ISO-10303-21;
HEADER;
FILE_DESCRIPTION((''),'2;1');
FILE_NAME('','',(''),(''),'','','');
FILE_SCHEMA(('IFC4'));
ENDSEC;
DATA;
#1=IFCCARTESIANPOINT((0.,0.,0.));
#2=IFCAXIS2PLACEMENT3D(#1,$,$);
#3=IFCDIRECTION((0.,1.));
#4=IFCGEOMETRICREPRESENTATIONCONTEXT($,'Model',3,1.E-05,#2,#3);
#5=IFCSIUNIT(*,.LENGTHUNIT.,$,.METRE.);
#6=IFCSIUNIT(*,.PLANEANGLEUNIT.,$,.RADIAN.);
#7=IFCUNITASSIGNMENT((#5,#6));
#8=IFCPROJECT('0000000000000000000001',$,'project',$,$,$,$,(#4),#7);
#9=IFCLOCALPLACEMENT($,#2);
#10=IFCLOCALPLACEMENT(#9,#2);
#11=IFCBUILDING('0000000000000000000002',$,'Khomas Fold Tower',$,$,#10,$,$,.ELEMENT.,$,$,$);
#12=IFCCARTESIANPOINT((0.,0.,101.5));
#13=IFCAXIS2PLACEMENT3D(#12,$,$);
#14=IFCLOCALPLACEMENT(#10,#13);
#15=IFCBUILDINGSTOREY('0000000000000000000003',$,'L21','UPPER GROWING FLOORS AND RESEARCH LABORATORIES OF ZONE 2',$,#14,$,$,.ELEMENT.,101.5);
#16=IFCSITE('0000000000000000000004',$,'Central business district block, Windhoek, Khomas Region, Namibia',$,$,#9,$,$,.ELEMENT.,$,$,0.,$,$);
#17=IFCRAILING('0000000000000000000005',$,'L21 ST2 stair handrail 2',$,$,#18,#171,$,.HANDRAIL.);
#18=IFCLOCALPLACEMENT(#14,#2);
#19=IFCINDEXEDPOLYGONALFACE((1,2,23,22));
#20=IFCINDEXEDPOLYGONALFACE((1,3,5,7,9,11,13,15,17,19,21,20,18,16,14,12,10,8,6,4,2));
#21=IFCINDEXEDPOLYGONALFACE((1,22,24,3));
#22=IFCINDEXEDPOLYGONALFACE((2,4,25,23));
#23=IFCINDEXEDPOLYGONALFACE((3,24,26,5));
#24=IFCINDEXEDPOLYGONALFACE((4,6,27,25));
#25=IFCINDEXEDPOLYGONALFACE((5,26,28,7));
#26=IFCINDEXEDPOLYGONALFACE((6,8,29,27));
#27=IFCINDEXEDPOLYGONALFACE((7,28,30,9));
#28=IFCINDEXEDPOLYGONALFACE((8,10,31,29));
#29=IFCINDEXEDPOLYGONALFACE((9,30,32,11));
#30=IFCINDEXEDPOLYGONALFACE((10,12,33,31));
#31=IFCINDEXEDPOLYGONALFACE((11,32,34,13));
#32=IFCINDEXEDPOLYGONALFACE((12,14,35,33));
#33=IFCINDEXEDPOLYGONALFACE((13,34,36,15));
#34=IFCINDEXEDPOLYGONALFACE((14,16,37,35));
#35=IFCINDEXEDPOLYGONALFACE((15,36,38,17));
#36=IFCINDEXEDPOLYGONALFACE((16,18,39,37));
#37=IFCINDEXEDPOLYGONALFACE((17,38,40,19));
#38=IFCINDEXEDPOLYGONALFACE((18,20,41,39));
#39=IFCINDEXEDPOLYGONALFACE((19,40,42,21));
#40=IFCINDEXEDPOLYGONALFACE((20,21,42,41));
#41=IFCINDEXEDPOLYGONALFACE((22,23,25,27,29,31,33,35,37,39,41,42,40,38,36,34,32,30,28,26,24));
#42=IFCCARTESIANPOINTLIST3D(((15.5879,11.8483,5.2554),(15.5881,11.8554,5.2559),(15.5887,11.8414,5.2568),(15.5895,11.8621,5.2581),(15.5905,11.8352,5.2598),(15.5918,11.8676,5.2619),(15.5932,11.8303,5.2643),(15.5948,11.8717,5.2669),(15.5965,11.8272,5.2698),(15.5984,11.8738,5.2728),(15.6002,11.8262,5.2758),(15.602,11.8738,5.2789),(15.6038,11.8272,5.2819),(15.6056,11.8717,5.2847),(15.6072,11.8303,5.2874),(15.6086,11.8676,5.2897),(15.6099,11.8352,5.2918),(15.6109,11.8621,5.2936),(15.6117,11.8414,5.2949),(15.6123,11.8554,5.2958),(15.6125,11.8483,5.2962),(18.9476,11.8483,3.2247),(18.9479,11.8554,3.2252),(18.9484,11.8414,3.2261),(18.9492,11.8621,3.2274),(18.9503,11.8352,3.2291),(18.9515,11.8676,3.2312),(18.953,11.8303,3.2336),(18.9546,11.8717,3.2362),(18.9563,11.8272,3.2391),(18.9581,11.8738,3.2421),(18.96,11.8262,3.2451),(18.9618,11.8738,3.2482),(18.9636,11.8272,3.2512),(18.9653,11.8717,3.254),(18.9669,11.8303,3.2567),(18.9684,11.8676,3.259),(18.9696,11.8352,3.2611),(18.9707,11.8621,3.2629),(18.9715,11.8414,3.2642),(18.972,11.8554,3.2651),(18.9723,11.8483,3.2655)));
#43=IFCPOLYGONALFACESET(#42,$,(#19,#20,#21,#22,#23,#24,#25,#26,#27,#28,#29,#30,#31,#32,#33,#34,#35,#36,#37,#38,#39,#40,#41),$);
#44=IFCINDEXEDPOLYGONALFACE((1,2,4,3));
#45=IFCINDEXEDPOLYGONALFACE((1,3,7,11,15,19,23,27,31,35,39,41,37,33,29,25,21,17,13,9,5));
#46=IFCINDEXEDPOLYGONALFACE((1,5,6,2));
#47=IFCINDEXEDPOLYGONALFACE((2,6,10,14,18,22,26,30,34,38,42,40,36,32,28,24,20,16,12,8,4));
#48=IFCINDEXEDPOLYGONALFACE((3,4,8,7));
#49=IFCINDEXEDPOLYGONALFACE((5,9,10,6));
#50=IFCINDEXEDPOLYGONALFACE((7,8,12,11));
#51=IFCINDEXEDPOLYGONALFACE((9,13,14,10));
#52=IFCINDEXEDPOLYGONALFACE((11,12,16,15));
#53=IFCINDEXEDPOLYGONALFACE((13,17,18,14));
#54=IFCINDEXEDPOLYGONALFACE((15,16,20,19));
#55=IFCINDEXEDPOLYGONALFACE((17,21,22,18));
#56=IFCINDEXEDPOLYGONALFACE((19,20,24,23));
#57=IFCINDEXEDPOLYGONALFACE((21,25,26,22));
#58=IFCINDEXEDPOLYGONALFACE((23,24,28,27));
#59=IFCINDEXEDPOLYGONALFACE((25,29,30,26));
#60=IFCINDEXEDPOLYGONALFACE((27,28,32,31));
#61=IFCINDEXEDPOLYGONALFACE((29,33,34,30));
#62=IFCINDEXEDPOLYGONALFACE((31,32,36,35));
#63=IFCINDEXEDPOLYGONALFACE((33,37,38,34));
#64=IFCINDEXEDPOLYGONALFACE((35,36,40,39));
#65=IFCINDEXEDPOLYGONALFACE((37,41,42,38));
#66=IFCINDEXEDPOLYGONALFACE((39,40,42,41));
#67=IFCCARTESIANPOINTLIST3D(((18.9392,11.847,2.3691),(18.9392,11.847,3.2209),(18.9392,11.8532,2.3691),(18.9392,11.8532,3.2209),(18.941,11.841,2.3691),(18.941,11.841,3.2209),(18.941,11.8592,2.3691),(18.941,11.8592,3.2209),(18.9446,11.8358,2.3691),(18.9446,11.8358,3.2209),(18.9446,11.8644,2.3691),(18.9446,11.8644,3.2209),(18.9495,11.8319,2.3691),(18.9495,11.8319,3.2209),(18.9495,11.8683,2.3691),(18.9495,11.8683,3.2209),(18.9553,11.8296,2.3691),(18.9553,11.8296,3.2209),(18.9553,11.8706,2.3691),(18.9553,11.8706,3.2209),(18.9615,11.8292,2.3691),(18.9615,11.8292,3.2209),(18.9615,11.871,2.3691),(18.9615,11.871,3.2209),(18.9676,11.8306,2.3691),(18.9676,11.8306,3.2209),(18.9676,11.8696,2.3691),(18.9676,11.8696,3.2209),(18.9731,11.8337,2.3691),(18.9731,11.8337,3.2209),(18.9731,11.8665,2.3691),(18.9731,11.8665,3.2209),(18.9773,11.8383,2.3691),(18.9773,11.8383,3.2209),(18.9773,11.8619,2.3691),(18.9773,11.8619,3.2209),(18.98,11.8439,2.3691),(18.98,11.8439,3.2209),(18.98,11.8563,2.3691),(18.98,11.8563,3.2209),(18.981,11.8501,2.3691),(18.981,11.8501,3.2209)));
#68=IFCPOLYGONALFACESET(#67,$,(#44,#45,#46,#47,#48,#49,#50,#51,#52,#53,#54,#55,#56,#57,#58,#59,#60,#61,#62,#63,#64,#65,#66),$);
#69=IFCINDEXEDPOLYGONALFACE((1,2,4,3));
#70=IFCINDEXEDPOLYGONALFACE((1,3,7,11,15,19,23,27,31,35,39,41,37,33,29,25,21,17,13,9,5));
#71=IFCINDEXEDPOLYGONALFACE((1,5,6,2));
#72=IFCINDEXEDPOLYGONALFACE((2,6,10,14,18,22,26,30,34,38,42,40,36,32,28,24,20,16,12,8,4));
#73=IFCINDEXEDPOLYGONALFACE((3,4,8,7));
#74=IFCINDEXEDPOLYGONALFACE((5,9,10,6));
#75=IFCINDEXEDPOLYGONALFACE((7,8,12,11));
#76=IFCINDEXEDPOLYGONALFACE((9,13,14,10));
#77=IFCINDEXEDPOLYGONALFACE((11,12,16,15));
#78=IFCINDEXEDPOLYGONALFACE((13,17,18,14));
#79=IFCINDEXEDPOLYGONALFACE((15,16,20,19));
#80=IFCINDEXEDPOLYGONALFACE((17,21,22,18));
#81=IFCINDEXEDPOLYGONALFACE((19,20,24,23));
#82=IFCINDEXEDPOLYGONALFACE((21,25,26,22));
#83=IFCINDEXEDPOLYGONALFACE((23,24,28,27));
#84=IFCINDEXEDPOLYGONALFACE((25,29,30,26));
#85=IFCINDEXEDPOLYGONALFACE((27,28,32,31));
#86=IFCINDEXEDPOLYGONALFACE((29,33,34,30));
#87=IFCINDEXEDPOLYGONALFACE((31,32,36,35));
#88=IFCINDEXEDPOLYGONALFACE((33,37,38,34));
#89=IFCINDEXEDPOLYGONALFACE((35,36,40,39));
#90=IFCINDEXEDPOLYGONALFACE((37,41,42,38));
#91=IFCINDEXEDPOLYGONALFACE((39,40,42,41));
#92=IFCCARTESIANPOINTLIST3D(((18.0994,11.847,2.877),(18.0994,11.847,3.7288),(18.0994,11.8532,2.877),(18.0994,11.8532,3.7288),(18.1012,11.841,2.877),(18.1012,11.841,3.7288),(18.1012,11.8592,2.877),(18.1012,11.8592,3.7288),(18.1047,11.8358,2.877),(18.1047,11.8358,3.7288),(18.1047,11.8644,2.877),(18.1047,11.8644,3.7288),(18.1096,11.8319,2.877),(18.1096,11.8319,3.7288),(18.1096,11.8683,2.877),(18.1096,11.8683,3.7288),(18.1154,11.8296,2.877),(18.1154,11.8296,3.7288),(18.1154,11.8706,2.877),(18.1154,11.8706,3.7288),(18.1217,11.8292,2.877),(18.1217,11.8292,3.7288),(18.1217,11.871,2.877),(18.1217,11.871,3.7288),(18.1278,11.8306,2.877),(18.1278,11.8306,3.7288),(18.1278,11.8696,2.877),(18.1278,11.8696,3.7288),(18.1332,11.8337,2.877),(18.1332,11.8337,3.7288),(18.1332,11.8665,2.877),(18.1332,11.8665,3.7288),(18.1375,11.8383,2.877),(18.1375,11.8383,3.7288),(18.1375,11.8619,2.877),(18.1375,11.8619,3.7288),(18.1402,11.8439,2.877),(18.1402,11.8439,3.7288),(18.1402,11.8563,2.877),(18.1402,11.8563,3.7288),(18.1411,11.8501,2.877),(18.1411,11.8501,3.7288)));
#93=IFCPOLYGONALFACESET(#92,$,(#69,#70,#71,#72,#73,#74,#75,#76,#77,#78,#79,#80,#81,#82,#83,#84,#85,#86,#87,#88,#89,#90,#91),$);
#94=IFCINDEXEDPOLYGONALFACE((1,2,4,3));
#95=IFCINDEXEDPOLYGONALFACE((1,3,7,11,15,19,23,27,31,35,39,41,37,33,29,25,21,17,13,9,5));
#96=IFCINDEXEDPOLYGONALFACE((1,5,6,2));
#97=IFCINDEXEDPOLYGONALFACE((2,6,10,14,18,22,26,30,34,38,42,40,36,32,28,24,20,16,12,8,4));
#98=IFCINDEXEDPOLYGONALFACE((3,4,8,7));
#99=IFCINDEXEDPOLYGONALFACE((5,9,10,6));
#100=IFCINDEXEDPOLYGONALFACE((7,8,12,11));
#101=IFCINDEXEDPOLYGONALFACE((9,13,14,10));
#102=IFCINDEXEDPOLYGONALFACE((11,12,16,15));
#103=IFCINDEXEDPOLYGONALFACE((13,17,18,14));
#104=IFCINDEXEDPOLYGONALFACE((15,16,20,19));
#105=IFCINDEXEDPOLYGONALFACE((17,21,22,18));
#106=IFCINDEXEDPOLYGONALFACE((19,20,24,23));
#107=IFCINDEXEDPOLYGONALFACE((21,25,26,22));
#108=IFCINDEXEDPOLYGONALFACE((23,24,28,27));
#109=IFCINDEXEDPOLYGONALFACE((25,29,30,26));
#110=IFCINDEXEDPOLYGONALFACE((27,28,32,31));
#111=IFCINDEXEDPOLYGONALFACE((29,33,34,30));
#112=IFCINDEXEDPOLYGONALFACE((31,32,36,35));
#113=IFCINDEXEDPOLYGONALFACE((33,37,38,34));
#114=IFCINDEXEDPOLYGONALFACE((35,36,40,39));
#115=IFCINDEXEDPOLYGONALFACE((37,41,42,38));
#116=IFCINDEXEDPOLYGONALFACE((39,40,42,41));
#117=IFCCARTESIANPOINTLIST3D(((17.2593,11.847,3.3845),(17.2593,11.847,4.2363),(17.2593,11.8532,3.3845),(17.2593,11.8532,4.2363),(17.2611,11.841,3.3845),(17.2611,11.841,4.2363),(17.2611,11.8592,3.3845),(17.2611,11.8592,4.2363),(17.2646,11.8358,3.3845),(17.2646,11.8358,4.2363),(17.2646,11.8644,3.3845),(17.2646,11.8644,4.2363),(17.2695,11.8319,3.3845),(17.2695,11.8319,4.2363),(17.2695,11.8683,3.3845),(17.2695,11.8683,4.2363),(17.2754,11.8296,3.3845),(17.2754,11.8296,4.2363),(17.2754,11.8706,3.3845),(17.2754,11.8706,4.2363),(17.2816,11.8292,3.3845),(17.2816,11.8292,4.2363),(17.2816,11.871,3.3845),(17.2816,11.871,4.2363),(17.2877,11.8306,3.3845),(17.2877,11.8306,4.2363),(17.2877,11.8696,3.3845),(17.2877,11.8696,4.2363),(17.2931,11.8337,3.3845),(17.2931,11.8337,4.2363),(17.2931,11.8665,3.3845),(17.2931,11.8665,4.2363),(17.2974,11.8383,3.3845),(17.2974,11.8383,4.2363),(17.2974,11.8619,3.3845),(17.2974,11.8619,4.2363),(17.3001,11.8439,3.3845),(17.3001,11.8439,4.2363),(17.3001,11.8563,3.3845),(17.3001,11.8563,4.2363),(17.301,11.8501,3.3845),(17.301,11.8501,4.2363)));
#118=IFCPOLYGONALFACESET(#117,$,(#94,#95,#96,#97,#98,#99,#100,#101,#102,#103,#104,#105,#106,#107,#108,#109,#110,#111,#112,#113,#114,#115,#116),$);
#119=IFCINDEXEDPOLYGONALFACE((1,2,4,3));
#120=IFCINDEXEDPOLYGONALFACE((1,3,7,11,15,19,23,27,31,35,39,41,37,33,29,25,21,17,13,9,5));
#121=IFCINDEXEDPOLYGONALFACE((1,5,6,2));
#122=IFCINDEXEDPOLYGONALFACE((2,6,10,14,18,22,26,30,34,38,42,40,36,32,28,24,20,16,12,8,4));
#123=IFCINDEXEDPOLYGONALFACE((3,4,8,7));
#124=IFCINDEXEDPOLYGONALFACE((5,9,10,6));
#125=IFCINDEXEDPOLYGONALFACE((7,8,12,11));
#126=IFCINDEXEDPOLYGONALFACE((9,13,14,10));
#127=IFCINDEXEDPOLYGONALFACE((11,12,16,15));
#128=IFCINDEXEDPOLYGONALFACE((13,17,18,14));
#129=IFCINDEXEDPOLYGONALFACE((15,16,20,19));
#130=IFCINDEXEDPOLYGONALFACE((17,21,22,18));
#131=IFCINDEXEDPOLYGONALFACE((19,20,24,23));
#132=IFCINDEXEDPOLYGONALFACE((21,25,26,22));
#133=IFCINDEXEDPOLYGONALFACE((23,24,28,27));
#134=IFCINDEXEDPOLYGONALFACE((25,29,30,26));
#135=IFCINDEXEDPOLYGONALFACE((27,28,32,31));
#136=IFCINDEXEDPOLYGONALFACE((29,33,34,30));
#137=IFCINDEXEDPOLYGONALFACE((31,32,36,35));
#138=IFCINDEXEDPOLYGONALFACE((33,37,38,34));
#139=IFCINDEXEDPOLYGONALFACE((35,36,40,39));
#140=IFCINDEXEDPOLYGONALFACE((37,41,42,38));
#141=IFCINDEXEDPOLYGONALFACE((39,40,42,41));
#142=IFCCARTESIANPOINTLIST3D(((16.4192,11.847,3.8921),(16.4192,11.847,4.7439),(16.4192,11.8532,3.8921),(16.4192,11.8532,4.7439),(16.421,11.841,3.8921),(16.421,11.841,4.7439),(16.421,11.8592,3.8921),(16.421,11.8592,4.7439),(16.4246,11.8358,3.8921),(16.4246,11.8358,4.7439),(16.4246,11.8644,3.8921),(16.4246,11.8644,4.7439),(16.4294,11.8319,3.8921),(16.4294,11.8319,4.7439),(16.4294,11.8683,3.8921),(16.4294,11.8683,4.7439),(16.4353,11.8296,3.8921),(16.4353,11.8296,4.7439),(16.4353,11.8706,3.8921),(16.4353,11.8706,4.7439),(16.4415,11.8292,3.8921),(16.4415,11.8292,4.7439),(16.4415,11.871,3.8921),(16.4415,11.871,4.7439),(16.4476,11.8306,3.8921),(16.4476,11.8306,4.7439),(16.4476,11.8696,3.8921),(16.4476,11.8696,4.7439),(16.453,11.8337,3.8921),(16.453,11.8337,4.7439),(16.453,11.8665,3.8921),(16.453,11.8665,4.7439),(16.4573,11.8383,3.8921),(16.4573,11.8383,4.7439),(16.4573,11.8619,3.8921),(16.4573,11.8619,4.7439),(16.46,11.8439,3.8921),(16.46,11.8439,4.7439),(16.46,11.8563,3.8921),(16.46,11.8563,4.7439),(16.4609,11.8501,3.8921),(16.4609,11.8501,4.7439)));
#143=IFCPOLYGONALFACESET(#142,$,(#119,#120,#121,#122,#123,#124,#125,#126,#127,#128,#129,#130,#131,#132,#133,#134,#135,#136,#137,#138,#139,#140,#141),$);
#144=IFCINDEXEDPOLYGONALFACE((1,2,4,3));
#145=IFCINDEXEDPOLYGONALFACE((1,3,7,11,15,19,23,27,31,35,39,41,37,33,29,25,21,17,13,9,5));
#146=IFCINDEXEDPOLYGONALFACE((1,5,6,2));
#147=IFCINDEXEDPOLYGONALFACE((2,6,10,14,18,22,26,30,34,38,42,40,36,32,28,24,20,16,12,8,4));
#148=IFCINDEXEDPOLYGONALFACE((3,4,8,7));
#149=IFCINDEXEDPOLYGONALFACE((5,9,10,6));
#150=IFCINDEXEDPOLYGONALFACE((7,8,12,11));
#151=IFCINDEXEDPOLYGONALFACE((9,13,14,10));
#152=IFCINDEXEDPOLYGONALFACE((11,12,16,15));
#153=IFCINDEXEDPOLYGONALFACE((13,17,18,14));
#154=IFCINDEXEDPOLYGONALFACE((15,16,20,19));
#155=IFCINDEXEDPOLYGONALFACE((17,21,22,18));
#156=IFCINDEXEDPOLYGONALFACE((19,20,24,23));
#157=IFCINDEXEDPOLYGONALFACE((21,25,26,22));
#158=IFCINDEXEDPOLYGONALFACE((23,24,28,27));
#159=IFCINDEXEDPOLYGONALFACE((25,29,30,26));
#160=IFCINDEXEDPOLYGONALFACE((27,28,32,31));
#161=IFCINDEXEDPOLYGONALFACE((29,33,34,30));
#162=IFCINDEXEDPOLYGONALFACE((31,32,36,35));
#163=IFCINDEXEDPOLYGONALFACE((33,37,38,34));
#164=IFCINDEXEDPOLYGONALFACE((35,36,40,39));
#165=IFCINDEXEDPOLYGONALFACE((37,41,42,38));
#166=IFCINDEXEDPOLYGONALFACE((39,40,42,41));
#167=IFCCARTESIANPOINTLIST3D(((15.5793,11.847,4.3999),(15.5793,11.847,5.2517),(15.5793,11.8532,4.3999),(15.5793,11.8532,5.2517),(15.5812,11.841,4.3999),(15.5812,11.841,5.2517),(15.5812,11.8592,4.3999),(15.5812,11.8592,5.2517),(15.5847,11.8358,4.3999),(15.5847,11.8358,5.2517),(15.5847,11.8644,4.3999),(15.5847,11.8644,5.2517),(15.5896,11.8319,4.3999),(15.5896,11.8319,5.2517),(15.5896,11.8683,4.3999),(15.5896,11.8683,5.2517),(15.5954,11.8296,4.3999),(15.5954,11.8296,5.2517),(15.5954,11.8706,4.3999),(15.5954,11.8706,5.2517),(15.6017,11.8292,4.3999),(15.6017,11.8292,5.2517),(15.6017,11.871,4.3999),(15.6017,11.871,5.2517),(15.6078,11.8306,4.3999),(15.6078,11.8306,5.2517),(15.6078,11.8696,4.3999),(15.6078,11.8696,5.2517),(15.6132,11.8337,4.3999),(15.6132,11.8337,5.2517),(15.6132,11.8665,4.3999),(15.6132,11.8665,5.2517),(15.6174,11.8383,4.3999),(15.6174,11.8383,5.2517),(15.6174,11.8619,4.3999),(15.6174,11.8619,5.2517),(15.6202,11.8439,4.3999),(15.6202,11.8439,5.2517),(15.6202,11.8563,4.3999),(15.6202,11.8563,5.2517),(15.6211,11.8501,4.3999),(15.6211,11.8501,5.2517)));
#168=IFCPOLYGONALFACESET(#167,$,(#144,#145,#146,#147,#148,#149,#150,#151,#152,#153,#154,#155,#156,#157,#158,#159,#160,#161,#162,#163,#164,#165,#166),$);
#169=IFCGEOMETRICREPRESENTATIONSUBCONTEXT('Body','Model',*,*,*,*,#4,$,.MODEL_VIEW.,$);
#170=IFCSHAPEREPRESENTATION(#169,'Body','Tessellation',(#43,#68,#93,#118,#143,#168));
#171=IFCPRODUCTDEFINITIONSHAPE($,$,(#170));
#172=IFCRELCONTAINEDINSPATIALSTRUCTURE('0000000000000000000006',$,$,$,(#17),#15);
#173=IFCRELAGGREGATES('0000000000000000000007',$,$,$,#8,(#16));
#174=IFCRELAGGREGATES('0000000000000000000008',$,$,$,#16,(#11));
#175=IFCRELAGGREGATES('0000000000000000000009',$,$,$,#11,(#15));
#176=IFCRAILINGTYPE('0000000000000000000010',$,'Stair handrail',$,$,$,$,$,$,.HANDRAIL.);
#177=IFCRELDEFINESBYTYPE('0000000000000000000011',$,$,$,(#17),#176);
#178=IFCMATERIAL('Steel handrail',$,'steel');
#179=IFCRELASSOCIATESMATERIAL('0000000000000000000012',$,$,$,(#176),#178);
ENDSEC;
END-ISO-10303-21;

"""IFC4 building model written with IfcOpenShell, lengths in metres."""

from ifc_helpers import new_model, si_unit, direction, frame, origin, origin_2d, place, context, subcontext, project, spatial, circle, extrude, source, transform, mapped, material, type_object, element, save


model = new_model("IFC4")

# Units and contexts
model_context = context("Model", 3, precision=1e-05, world=origin(), true_north=direction((0.0, 1.0)))
body_context = subcontext(model_context, "Body", "Model", "MODEL_VIEW")
ifc_project = project(units=[si_unit("LENGTHUNIT", "METRE"), si_unit("PLANEANGLEUNIT", "RADIAN")], contexts=[model_context])

# Site, building, storey
site_placement = place(None, origin())
site = spatial("IfcSite", under=ifc_project, at=site_placement, Name="Central business district block, Windhoek, Khomas Region, Namibia", CompositionType="ELEMENT", RefElevation=0.0)
building_placement = place(site_placement, origin())
building = spatial("IfcBuilding", under=site, at=building_placement, Name="Khomas Fold Tower", CompositionType="ELEMENT")
storey_placement = place(building_placement, frame((0.0, 0.0, 101.5)))
storey = spatial("IfcBuildingStorey", under=building, at=storey_placement, Name="L21", Description="UPPER GROWING FLOORS AND RESEARCH LABORATORIES OF ZONE 2", CompositionType="ELEMENT", Elevation=101.5)

# Railing
ifc_material_1 = material(Name="Steel handrail", Category="steel")
railing_type_1 = type_object("IfcRailingType", Name="Stair handrail", PredefinedType="HANDRAIL", material=ifc_material_1)
shared_shape_1 = source(origin(), body_context, "Body", "SweptSolid", [
    extrude(circle(Radius=0.0239, at=origin_2d()), frame((0.0, 0.0, 0.876), z_axis=(-0.85582, 0.0, 0.517273), x_axis=(0.0, -1.0, 0.0)), (0.0, 0.0, 1.0), 3.9258),
    extrude(circle(Radius=0.021, at=origin_2d()), origin(), (0.0, 0.0, 1.0), 0.8518),
    extrude(circle(Radius=0.021, at=origin_2d()), frame((-0.8398, 0.0, 0.5078)), (0.0, 0.0, 1.0), 0.8518),
    extrude(circle(Radius=0.021, at=origin_2d()), frame((-1.6799, 0.0, 1.0154)), (0.0, 0.0, 1.0), 0.8518),
    extrude(circle(Radius=0.021, at=origin_2d()), frame((-2.52, 0.0, 1.5229)), (0.0, 0.0, 1.0), 0.8518),
    extrude(circle(Radius=0.021, at=origin_2d()), frame((-3.3599, 0.0, 2.0308)), (0.0, 0.0, 1.0), 0.8518),
])
railing_1_placement = place(storey_placement, frame((18.96, 11.8501, 2.3691)))
element("IfcRailing", 1, at=railing_1_placement, inside=storey, type_object=railing_type_1, Name="L21 ST2 stair handrail 2", PredefinedType="HANDRAIL", context=body_context, shape_type="MappedRepresentation", body=[
    mapped(shared_shape_1, transform((0.0, 0.0, 0.0))),
])

save(model, "model.ifc")
